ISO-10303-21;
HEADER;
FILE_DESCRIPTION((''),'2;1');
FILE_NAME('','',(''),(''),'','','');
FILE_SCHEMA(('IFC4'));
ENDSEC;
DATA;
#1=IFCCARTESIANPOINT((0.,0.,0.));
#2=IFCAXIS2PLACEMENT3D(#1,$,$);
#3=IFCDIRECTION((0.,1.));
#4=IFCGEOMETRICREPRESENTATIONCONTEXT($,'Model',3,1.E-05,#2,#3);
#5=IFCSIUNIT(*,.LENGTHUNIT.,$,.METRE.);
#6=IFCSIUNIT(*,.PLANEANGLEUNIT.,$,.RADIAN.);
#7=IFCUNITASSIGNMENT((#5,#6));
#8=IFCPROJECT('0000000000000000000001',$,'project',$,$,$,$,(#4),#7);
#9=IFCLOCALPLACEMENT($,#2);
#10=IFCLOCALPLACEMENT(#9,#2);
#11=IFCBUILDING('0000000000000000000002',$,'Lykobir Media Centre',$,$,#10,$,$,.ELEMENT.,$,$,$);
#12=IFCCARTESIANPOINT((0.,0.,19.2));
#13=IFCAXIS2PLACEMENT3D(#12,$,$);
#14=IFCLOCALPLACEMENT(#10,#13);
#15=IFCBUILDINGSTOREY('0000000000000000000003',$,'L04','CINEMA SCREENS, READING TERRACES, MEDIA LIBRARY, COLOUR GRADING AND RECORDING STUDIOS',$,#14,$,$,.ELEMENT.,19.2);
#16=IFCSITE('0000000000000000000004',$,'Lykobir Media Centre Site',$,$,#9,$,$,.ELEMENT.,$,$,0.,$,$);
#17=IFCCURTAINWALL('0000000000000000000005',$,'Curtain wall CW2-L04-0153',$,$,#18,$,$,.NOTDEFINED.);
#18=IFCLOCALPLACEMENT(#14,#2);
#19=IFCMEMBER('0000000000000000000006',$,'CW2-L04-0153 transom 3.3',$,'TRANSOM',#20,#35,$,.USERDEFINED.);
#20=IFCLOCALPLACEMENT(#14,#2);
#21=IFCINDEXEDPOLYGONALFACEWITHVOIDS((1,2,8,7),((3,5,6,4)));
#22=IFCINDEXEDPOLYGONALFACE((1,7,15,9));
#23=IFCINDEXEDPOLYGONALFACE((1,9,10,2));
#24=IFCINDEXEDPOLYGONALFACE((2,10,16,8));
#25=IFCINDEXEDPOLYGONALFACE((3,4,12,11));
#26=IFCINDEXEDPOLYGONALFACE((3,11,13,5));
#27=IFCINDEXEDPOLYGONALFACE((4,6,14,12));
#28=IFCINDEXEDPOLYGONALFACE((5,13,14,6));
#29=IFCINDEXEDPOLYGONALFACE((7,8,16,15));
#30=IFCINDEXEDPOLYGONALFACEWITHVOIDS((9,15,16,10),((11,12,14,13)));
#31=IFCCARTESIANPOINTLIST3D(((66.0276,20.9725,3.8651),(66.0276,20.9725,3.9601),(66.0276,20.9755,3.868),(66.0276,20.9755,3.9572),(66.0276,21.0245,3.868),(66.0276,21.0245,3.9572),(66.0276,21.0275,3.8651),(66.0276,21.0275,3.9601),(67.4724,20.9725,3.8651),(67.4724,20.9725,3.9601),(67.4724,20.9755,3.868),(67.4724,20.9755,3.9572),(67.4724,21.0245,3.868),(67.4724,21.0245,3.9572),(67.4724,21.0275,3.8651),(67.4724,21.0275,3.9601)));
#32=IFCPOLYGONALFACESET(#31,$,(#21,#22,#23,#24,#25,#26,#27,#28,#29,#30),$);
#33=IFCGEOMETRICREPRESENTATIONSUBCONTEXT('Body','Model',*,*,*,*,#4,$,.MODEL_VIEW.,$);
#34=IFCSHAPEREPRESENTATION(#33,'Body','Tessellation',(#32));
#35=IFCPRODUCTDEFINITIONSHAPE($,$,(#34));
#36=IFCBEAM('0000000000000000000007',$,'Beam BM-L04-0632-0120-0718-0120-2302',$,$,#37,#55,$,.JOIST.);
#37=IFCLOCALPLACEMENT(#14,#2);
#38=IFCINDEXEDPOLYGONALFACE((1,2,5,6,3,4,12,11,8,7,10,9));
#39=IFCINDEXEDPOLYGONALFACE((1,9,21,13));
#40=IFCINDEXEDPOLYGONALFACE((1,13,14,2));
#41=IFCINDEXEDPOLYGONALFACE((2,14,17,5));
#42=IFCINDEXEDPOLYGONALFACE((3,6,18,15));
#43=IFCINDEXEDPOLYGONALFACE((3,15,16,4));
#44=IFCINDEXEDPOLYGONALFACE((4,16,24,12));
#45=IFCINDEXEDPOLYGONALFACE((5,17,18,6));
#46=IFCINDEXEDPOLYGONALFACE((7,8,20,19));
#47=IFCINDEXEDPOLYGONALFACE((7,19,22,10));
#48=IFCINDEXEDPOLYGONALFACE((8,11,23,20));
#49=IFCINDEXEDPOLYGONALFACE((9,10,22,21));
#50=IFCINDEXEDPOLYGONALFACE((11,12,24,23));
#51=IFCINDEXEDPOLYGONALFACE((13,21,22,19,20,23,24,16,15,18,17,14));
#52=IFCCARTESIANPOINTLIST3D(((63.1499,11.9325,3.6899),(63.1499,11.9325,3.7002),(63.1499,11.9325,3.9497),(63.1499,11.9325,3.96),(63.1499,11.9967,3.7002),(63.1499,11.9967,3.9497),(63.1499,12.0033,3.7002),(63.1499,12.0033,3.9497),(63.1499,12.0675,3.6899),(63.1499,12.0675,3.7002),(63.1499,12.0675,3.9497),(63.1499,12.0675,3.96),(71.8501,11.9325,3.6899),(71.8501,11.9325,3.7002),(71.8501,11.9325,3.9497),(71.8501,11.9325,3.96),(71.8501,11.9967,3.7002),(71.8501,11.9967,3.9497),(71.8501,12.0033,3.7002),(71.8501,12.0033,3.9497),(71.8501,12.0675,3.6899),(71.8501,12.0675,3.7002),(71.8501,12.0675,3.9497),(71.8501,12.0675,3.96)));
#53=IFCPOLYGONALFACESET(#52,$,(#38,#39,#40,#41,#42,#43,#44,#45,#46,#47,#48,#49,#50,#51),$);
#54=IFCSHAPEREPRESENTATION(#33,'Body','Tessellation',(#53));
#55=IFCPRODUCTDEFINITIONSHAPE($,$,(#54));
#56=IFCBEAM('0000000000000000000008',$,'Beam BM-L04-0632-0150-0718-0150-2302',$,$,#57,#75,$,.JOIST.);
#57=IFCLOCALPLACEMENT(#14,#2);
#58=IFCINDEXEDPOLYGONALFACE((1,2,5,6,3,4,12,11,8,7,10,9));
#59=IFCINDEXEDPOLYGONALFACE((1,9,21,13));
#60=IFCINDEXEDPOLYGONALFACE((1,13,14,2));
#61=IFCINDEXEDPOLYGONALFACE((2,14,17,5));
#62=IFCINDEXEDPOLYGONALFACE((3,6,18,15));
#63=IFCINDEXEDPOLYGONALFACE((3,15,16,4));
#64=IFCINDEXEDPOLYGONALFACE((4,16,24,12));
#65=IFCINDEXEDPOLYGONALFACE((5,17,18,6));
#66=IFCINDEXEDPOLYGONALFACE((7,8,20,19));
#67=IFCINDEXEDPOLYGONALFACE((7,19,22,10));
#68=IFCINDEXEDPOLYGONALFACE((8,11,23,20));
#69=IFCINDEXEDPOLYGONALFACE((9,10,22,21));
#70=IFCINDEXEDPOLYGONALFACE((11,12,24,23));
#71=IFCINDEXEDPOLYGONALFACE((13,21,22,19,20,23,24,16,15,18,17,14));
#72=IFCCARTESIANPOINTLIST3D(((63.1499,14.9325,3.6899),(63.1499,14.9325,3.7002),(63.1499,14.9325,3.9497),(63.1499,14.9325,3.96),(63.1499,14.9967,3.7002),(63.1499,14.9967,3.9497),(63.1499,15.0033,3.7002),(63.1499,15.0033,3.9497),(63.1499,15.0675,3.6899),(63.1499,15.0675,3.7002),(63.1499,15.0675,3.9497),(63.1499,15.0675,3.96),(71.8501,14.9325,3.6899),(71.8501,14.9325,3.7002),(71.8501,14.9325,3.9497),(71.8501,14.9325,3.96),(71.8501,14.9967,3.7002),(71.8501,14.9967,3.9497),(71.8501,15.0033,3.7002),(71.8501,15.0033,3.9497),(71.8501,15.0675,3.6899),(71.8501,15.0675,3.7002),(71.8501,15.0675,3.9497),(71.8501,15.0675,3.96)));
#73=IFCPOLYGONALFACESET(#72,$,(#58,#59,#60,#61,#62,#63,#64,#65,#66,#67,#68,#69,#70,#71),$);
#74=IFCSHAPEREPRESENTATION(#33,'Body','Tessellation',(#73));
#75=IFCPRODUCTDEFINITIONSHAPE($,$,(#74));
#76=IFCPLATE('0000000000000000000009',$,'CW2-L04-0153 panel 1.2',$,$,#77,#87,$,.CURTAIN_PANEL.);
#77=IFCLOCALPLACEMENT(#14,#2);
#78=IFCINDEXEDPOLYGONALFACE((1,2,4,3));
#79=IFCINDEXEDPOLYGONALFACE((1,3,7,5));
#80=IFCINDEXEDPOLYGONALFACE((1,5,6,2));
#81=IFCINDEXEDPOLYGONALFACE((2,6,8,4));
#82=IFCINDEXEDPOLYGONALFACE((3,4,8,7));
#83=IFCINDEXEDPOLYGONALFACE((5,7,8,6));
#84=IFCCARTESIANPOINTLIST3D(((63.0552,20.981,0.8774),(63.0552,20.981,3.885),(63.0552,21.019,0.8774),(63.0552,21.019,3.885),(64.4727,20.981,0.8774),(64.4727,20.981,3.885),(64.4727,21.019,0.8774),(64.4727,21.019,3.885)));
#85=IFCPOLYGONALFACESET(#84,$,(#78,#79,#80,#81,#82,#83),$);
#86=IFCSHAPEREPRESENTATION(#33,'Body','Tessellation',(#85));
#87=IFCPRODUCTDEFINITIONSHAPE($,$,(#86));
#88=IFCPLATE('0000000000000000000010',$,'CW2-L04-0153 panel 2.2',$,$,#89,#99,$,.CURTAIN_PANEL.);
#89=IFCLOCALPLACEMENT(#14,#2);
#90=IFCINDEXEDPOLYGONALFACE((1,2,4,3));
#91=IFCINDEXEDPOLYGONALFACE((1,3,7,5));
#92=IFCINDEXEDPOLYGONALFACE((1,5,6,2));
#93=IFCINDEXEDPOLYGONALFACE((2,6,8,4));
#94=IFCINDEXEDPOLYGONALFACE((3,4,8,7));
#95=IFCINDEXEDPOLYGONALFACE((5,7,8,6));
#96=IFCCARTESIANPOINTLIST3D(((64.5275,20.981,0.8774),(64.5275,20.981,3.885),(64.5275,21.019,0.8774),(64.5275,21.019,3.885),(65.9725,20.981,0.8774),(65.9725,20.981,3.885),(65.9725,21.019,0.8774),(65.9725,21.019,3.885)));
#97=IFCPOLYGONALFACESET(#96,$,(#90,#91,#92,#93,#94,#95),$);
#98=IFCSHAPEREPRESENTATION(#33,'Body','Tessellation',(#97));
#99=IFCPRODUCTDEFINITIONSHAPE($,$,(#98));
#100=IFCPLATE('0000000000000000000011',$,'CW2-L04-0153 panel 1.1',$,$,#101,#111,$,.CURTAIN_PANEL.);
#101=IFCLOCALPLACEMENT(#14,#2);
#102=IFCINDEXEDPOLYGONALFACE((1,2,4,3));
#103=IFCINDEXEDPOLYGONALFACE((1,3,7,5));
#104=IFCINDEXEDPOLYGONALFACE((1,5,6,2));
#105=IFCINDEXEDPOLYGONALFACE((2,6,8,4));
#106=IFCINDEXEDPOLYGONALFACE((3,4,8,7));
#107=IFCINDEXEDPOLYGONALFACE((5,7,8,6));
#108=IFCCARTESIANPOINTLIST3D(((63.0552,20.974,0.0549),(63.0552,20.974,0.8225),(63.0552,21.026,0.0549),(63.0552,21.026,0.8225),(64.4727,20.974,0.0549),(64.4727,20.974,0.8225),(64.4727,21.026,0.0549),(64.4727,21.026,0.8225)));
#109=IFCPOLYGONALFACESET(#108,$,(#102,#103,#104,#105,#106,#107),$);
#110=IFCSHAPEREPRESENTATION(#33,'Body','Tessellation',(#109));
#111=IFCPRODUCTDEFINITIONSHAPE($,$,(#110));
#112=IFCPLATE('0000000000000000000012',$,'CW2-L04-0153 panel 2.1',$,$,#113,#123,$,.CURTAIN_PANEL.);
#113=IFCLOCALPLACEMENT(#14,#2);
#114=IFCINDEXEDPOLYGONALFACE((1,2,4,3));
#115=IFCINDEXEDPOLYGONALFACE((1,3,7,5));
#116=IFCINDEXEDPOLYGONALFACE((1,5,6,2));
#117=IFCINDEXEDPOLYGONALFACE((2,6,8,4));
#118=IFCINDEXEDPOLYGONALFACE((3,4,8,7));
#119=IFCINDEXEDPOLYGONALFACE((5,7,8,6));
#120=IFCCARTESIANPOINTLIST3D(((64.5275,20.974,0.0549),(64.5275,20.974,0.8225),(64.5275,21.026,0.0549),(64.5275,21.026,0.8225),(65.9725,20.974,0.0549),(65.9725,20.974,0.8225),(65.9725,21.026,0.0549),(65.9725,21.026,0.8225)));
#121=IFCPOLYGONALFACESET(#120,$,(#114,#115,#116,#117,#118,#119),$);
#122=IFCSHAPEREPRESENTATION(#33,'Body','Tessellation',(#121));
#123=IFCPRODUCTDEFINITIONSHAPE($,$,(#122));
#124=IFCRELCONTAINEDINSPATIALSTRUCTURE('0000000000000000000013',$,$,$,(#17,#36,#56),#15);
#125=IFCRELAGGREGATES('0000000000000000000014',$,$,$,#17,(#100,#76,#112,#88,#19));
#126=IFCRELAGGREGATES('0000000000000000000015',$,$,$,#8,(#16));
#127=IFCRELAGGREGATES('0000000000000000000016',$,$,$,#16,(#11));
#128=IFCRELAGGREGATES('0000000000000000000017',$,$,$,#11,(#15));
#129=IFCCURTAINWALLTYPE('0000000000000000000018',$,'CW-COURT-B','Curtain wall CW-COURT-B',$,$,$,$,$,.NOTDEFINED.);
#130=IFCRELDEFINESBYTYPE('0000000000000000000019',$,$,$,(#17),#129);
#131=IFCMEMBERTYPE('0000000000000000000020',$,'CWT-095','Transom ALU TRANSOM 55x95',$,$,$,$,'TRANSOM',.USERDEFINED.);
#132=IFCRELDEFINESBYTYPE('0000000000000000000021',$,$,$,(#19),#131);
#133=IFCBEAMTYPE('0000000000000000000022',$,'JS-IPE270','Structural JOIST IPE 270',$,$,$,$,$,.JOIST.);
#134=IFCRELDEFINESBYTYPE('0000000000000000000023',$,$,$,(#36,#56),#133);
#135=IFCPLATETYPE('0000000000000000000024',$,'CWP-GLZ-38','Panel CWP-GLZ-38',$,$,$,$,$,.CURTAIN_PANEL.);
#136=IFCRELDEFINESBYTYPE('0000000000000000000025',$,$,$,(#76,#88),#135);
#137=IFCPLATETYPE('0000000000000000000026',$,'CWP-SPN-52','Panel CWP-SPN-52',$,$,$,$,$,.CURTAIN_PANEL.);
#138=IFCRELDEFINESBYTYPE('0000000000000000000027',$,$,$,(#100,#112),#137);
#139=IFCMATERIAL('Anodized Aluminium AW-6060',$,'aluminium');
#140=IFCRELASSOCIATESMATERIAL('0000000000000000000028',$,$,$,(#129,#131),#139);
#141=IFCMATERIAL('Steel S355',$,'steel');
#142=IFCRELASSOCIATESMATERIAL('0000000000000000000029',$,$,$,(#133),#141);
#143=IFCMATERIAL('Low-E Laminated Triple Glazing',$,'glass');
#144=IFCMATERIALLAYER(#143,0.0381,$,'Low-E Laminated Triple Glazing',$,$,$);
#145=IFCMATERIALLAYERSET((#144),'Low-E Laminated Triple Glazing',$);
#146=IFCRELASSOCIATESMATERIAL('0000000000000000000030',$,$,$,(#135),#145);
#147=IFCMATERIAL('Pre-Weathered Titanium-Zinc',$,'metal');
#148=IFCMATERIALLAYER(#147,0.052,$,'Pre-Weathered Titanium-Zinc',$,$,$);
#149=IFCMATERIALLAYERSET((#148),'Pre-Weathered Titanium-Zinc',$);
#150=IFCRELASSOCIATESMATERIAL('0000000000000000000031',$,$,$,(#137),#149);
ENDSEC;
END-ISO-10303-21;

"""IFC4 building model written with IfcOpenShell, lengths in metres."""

from ifc_helpers import new_model, si_unit, direction, frame, origin, origin_2d, place, context, subcontext, project, spatial, rectangle, hollow_rectangle, i_section, extrude, material, layer, layer_set, material_profile, profile_set, type_object, element, aggregate, save


model = new_model("IFC4")

# Units and contexts
model_context = context("Model", 3, precision=1e-05, world=origin(), true_north=direction((0.0, 1.0)))
body_context = subcontext(model_context, "Body", "Model", "MODEL_VIEW")
ifc_project = project(units=[si_unit("LENGTHUNIT", "METRE"), si_unit("PLANEANGLEUNIT", "RADIAN")], contexts=[model_context])

# Site, building, storey
site_placement = place(None, origin())
site = spatial("IfcSite", under=ifc_project, at=site_placement, Name="Lykobir Media Centre Site", CompositionType="ELEMENT", RefElevation=0.0)
building_placement = place(site_placement, origin())
building = spatial("IfcBuilding", under=site, at=building_placement, Name="Lykobir Media Centre", CompositionType="ELEMENT")
storey_placement = place(building_placement, frame((0.0, 0.0, 19.2)))
storey = spatial("IfcBuildingStorey", under=building, at=storey_placement, Name="L04", Description="CINEMA SCREENS, READING TERRACES, MEDIA LIBRARY, COLOUR GRADING AND RECORDING STUDIOS", CompositionType="ELEMENT", Elevation=19.2)

# Curtain wall, member
ifc_material_1 = material(Name="Anodized Aluminium AW-6060", Category="aluminium")
curtain_wall_type = type_object("IfcCurtainWallType", Name="CW-COURT-B", Description="Curtain wall CW-COURT-B", PredefinedType="NOTDEFINED", material=ifc_material_1)
curtain_wall_placement = place(storey_placement, origin())
curtain_wall = element("IfcCurtainWall", 1, at=curtain_wall_placement, inside=storey, type_object=curtain_wall_type, Name="Curtain wall CW2-L04-0153", PredefinedType="NOTDEFINED")
ifc_material_profile_1 = material_profile(ifc_material_1, hollow_rectangle(XDim=0.0549, YDim=0.095, WallThickness=0.0029, at=origin_2d()), Name="ALU TRANSOM 55x95")
ifc_profile_set_1 = profile_set([ifc_material_profile_1], Name="Anodized Aluminium AW-6060")
member_type_1 = type_object("IfcMemberType", Name="CWT-095", Description="Transom ALU TRANSOM 55x95", ElementType="TRANSOM", PredefinedType="USERDEFINED", material=ifc_profile_set_1)
member_1_placement = place(storey_placement, frame((66.0276, 21.0, 3.9126), z_axis=(1.0, 0.0, 0.0), x_axis=(0.0, 1.0, 0.0)))
member_1 = element("IfcMember", 2, at=member_1_placement, type_object=member_type_1, Name="CW2-L04-0153 transom 3.3", ObjectType="TRANSOM", PredefinedType="USERDEFINED", context=body_context, shape_type="SweptSolid", body=[
    extrude(hollow_rectangle(XDim=0.0549, YDim=0.095, WallThickness=0.0029, at=origin_2d()), origin(), (0.0, 0.0, 1.0), 1.4448),
])

# Beams
ifc_material_2 = material(Name="Steel S355", Category="steel")
ifc_material_profile_2 = material_profile(ifc_material_2, i_section(OverallWidth=0.135, OverallDepth=0.27, WebThickness=0.0066, FlangeThickness=0.0103, at=origin_2d()), Name="IPE 270")
ifc_profile_set_2 = profile_set([ifc_material_profile_2], Name="Steel S355")
beam_type = type_object("IfcBeamType", Name="JS-IPE270", Description="Structural JOIST IPE 270", PredefinedType="JOIST", material=ifc_profile_set_2)
for number, where, z_axis, x_axis, name in (
    (3, (63.1499, 12.0, 3.825), (1.0, 0.0, 0.0), (0.0, 1.0, 0.0), "Beam BM-L04-0632-0120-0718-0120-2302"),
    (4, (63.1499, 15.0, 3.825), (1.0, 0.0, 0.0), (0.0, 1.0, 0.0), "Beam BM-L04-0632-0150-0718-0150-2302"),
):
    element("IfcBeam", number, at=place(storey_placement, frame(where, z_axis=z_axis, x_axis=x_axis)), inside=storey, type_object=beam_type, Name=name, PredefinedType="JOIST", context=body_context, shape_type="SweptSolid", body=[
        extrude(i_section(OverallWidth=0.135, OverallDepth=0.27, WebThickness=0.0066, FlangeThickness=0.0103, at=origin_2d()), origin(), (0.0, 0.0, 1.0), 8.7002),
    ])

# Plates
ifc_material_3 = material(Name="Low-E Laminated Triple Glazing", Category="glass")
ifc_layer_1 = layer(ifc_material_3, 0.0381, Name="Low-E Laminated Triple Glazing")
ifc_layer_set_1 = layer_set([ifc_layer_1], Name="Low-E Laminated Triple Glazing")
plate_type_1 = type_object("IfcPlateType", Name="CWP-GLZ-38", Description="Panel CWP-GLZ-38", PredefinedType="CURTAIN_PANEL", material=ifc_layer_set_1)
plate_1_placement = place(storey_placement, frame((63.7639, 21.0, 0.8774), z_axis=(0.0, 0.0, 1.0), x_axis=(1.0, 0.0, 0.0)))
plate_1 = element("IfcPlate", 5, at=plate_1_placement, type_object=plate_type_1, Name="CW2-L04-0153 panel 1.2", PredefinedType="CURTAIN_PANEL", context=body_context, shape_type="SweptSolid", body=[
    extrude(rectangle(XDim=1.4175, YDim=0.0381, at=origin_2d()), origin(), (0.0, 0.0, 1.0), 3.0076),
])
plate_2_placement = place(storey_placement, frame((65.25, 21.0, 0.8774), z_axis=(0.0, 0.0, 1.0), x_axis=(1.0, 0.0, 0.0)))
plate_2 = element("IfcPlate", 6, at=plate_2_placement, type_object=plate_type_1, Name="CW2-L04-0153 panel 2.2", PredefinedType="CURTAIN_PANEL", context=body_context, shape_type="SweptSolid", body=[
    extrude(rectangle(XDim=1.4451, YDim=0.0381, at=origin_2d()), origin(), (0.0, 0.0, 1.0), 3.0076),
])
ifc_material_4 = material(Name="Pre-Weathered Titanium-Zinc", Category="metal")
ifc_layer_2 = layer(ifc_material_4, 0.052, Name="Pre-Weathered Titanium-Zinc")
ifc_layer_set_2 = layer_set([ifc_layer_2], Name="Pre-Weathered Titanium-Zinc")
plate_type_2 = type_object("IfcPlateType", Name="CWP-SPN-52", Description="Panel CWP-SPN-52", PredefinedType="CURTAIN_PANEL", material=ifc_layer_set_2)
plate_3_placement = place(storey_placement, frame((63.7639, 21.0, 0.0549), z_axis=(0.0, 0.0, 1.0), x_axis=(1.0, 0.0, 0.0)))
plate_3 = element("IfcPlate", 7, at=plate_3_placement, type_object=plate_type_2, Name="CW2-L04-0153 panel 1.1", PredefinedType="CURTAIN_PANEL", context=body_context, shape_type="SweptSolid", body=[
    extrude(rectangle(XDim=1.4175, YDim=0.052, at=origin_2d()), origin(), (0.0, 0.0, 1.0), 0.7676),
])
plate_4_placement = place(storey_placement, frame((65.25, 21.0, 0.0549), z_axis=(0.0, 0.0, 1.0), x_axis=(1.0, 0.0, 0.0)))
plate_4 = element("IfcPlate", 8, at=plate_4_placement, type_object=plate_type_2, Name="CW2-L04-0153 panel 2.1", PredefinedType="CURTAIN_PANEL", context=body_context, shape_type="SweptSolid", body=[
    extrude(rectangle(XDim=1.4451, YDim=0.052, at=origin_2d()), origin(), (0.0, 0.0, 1.0), 0.7676),
])
aggregate(curtain_wall, [plate_3, plate_1, plate_4, plate_2, member_1])

save(model, "model.ifc")
